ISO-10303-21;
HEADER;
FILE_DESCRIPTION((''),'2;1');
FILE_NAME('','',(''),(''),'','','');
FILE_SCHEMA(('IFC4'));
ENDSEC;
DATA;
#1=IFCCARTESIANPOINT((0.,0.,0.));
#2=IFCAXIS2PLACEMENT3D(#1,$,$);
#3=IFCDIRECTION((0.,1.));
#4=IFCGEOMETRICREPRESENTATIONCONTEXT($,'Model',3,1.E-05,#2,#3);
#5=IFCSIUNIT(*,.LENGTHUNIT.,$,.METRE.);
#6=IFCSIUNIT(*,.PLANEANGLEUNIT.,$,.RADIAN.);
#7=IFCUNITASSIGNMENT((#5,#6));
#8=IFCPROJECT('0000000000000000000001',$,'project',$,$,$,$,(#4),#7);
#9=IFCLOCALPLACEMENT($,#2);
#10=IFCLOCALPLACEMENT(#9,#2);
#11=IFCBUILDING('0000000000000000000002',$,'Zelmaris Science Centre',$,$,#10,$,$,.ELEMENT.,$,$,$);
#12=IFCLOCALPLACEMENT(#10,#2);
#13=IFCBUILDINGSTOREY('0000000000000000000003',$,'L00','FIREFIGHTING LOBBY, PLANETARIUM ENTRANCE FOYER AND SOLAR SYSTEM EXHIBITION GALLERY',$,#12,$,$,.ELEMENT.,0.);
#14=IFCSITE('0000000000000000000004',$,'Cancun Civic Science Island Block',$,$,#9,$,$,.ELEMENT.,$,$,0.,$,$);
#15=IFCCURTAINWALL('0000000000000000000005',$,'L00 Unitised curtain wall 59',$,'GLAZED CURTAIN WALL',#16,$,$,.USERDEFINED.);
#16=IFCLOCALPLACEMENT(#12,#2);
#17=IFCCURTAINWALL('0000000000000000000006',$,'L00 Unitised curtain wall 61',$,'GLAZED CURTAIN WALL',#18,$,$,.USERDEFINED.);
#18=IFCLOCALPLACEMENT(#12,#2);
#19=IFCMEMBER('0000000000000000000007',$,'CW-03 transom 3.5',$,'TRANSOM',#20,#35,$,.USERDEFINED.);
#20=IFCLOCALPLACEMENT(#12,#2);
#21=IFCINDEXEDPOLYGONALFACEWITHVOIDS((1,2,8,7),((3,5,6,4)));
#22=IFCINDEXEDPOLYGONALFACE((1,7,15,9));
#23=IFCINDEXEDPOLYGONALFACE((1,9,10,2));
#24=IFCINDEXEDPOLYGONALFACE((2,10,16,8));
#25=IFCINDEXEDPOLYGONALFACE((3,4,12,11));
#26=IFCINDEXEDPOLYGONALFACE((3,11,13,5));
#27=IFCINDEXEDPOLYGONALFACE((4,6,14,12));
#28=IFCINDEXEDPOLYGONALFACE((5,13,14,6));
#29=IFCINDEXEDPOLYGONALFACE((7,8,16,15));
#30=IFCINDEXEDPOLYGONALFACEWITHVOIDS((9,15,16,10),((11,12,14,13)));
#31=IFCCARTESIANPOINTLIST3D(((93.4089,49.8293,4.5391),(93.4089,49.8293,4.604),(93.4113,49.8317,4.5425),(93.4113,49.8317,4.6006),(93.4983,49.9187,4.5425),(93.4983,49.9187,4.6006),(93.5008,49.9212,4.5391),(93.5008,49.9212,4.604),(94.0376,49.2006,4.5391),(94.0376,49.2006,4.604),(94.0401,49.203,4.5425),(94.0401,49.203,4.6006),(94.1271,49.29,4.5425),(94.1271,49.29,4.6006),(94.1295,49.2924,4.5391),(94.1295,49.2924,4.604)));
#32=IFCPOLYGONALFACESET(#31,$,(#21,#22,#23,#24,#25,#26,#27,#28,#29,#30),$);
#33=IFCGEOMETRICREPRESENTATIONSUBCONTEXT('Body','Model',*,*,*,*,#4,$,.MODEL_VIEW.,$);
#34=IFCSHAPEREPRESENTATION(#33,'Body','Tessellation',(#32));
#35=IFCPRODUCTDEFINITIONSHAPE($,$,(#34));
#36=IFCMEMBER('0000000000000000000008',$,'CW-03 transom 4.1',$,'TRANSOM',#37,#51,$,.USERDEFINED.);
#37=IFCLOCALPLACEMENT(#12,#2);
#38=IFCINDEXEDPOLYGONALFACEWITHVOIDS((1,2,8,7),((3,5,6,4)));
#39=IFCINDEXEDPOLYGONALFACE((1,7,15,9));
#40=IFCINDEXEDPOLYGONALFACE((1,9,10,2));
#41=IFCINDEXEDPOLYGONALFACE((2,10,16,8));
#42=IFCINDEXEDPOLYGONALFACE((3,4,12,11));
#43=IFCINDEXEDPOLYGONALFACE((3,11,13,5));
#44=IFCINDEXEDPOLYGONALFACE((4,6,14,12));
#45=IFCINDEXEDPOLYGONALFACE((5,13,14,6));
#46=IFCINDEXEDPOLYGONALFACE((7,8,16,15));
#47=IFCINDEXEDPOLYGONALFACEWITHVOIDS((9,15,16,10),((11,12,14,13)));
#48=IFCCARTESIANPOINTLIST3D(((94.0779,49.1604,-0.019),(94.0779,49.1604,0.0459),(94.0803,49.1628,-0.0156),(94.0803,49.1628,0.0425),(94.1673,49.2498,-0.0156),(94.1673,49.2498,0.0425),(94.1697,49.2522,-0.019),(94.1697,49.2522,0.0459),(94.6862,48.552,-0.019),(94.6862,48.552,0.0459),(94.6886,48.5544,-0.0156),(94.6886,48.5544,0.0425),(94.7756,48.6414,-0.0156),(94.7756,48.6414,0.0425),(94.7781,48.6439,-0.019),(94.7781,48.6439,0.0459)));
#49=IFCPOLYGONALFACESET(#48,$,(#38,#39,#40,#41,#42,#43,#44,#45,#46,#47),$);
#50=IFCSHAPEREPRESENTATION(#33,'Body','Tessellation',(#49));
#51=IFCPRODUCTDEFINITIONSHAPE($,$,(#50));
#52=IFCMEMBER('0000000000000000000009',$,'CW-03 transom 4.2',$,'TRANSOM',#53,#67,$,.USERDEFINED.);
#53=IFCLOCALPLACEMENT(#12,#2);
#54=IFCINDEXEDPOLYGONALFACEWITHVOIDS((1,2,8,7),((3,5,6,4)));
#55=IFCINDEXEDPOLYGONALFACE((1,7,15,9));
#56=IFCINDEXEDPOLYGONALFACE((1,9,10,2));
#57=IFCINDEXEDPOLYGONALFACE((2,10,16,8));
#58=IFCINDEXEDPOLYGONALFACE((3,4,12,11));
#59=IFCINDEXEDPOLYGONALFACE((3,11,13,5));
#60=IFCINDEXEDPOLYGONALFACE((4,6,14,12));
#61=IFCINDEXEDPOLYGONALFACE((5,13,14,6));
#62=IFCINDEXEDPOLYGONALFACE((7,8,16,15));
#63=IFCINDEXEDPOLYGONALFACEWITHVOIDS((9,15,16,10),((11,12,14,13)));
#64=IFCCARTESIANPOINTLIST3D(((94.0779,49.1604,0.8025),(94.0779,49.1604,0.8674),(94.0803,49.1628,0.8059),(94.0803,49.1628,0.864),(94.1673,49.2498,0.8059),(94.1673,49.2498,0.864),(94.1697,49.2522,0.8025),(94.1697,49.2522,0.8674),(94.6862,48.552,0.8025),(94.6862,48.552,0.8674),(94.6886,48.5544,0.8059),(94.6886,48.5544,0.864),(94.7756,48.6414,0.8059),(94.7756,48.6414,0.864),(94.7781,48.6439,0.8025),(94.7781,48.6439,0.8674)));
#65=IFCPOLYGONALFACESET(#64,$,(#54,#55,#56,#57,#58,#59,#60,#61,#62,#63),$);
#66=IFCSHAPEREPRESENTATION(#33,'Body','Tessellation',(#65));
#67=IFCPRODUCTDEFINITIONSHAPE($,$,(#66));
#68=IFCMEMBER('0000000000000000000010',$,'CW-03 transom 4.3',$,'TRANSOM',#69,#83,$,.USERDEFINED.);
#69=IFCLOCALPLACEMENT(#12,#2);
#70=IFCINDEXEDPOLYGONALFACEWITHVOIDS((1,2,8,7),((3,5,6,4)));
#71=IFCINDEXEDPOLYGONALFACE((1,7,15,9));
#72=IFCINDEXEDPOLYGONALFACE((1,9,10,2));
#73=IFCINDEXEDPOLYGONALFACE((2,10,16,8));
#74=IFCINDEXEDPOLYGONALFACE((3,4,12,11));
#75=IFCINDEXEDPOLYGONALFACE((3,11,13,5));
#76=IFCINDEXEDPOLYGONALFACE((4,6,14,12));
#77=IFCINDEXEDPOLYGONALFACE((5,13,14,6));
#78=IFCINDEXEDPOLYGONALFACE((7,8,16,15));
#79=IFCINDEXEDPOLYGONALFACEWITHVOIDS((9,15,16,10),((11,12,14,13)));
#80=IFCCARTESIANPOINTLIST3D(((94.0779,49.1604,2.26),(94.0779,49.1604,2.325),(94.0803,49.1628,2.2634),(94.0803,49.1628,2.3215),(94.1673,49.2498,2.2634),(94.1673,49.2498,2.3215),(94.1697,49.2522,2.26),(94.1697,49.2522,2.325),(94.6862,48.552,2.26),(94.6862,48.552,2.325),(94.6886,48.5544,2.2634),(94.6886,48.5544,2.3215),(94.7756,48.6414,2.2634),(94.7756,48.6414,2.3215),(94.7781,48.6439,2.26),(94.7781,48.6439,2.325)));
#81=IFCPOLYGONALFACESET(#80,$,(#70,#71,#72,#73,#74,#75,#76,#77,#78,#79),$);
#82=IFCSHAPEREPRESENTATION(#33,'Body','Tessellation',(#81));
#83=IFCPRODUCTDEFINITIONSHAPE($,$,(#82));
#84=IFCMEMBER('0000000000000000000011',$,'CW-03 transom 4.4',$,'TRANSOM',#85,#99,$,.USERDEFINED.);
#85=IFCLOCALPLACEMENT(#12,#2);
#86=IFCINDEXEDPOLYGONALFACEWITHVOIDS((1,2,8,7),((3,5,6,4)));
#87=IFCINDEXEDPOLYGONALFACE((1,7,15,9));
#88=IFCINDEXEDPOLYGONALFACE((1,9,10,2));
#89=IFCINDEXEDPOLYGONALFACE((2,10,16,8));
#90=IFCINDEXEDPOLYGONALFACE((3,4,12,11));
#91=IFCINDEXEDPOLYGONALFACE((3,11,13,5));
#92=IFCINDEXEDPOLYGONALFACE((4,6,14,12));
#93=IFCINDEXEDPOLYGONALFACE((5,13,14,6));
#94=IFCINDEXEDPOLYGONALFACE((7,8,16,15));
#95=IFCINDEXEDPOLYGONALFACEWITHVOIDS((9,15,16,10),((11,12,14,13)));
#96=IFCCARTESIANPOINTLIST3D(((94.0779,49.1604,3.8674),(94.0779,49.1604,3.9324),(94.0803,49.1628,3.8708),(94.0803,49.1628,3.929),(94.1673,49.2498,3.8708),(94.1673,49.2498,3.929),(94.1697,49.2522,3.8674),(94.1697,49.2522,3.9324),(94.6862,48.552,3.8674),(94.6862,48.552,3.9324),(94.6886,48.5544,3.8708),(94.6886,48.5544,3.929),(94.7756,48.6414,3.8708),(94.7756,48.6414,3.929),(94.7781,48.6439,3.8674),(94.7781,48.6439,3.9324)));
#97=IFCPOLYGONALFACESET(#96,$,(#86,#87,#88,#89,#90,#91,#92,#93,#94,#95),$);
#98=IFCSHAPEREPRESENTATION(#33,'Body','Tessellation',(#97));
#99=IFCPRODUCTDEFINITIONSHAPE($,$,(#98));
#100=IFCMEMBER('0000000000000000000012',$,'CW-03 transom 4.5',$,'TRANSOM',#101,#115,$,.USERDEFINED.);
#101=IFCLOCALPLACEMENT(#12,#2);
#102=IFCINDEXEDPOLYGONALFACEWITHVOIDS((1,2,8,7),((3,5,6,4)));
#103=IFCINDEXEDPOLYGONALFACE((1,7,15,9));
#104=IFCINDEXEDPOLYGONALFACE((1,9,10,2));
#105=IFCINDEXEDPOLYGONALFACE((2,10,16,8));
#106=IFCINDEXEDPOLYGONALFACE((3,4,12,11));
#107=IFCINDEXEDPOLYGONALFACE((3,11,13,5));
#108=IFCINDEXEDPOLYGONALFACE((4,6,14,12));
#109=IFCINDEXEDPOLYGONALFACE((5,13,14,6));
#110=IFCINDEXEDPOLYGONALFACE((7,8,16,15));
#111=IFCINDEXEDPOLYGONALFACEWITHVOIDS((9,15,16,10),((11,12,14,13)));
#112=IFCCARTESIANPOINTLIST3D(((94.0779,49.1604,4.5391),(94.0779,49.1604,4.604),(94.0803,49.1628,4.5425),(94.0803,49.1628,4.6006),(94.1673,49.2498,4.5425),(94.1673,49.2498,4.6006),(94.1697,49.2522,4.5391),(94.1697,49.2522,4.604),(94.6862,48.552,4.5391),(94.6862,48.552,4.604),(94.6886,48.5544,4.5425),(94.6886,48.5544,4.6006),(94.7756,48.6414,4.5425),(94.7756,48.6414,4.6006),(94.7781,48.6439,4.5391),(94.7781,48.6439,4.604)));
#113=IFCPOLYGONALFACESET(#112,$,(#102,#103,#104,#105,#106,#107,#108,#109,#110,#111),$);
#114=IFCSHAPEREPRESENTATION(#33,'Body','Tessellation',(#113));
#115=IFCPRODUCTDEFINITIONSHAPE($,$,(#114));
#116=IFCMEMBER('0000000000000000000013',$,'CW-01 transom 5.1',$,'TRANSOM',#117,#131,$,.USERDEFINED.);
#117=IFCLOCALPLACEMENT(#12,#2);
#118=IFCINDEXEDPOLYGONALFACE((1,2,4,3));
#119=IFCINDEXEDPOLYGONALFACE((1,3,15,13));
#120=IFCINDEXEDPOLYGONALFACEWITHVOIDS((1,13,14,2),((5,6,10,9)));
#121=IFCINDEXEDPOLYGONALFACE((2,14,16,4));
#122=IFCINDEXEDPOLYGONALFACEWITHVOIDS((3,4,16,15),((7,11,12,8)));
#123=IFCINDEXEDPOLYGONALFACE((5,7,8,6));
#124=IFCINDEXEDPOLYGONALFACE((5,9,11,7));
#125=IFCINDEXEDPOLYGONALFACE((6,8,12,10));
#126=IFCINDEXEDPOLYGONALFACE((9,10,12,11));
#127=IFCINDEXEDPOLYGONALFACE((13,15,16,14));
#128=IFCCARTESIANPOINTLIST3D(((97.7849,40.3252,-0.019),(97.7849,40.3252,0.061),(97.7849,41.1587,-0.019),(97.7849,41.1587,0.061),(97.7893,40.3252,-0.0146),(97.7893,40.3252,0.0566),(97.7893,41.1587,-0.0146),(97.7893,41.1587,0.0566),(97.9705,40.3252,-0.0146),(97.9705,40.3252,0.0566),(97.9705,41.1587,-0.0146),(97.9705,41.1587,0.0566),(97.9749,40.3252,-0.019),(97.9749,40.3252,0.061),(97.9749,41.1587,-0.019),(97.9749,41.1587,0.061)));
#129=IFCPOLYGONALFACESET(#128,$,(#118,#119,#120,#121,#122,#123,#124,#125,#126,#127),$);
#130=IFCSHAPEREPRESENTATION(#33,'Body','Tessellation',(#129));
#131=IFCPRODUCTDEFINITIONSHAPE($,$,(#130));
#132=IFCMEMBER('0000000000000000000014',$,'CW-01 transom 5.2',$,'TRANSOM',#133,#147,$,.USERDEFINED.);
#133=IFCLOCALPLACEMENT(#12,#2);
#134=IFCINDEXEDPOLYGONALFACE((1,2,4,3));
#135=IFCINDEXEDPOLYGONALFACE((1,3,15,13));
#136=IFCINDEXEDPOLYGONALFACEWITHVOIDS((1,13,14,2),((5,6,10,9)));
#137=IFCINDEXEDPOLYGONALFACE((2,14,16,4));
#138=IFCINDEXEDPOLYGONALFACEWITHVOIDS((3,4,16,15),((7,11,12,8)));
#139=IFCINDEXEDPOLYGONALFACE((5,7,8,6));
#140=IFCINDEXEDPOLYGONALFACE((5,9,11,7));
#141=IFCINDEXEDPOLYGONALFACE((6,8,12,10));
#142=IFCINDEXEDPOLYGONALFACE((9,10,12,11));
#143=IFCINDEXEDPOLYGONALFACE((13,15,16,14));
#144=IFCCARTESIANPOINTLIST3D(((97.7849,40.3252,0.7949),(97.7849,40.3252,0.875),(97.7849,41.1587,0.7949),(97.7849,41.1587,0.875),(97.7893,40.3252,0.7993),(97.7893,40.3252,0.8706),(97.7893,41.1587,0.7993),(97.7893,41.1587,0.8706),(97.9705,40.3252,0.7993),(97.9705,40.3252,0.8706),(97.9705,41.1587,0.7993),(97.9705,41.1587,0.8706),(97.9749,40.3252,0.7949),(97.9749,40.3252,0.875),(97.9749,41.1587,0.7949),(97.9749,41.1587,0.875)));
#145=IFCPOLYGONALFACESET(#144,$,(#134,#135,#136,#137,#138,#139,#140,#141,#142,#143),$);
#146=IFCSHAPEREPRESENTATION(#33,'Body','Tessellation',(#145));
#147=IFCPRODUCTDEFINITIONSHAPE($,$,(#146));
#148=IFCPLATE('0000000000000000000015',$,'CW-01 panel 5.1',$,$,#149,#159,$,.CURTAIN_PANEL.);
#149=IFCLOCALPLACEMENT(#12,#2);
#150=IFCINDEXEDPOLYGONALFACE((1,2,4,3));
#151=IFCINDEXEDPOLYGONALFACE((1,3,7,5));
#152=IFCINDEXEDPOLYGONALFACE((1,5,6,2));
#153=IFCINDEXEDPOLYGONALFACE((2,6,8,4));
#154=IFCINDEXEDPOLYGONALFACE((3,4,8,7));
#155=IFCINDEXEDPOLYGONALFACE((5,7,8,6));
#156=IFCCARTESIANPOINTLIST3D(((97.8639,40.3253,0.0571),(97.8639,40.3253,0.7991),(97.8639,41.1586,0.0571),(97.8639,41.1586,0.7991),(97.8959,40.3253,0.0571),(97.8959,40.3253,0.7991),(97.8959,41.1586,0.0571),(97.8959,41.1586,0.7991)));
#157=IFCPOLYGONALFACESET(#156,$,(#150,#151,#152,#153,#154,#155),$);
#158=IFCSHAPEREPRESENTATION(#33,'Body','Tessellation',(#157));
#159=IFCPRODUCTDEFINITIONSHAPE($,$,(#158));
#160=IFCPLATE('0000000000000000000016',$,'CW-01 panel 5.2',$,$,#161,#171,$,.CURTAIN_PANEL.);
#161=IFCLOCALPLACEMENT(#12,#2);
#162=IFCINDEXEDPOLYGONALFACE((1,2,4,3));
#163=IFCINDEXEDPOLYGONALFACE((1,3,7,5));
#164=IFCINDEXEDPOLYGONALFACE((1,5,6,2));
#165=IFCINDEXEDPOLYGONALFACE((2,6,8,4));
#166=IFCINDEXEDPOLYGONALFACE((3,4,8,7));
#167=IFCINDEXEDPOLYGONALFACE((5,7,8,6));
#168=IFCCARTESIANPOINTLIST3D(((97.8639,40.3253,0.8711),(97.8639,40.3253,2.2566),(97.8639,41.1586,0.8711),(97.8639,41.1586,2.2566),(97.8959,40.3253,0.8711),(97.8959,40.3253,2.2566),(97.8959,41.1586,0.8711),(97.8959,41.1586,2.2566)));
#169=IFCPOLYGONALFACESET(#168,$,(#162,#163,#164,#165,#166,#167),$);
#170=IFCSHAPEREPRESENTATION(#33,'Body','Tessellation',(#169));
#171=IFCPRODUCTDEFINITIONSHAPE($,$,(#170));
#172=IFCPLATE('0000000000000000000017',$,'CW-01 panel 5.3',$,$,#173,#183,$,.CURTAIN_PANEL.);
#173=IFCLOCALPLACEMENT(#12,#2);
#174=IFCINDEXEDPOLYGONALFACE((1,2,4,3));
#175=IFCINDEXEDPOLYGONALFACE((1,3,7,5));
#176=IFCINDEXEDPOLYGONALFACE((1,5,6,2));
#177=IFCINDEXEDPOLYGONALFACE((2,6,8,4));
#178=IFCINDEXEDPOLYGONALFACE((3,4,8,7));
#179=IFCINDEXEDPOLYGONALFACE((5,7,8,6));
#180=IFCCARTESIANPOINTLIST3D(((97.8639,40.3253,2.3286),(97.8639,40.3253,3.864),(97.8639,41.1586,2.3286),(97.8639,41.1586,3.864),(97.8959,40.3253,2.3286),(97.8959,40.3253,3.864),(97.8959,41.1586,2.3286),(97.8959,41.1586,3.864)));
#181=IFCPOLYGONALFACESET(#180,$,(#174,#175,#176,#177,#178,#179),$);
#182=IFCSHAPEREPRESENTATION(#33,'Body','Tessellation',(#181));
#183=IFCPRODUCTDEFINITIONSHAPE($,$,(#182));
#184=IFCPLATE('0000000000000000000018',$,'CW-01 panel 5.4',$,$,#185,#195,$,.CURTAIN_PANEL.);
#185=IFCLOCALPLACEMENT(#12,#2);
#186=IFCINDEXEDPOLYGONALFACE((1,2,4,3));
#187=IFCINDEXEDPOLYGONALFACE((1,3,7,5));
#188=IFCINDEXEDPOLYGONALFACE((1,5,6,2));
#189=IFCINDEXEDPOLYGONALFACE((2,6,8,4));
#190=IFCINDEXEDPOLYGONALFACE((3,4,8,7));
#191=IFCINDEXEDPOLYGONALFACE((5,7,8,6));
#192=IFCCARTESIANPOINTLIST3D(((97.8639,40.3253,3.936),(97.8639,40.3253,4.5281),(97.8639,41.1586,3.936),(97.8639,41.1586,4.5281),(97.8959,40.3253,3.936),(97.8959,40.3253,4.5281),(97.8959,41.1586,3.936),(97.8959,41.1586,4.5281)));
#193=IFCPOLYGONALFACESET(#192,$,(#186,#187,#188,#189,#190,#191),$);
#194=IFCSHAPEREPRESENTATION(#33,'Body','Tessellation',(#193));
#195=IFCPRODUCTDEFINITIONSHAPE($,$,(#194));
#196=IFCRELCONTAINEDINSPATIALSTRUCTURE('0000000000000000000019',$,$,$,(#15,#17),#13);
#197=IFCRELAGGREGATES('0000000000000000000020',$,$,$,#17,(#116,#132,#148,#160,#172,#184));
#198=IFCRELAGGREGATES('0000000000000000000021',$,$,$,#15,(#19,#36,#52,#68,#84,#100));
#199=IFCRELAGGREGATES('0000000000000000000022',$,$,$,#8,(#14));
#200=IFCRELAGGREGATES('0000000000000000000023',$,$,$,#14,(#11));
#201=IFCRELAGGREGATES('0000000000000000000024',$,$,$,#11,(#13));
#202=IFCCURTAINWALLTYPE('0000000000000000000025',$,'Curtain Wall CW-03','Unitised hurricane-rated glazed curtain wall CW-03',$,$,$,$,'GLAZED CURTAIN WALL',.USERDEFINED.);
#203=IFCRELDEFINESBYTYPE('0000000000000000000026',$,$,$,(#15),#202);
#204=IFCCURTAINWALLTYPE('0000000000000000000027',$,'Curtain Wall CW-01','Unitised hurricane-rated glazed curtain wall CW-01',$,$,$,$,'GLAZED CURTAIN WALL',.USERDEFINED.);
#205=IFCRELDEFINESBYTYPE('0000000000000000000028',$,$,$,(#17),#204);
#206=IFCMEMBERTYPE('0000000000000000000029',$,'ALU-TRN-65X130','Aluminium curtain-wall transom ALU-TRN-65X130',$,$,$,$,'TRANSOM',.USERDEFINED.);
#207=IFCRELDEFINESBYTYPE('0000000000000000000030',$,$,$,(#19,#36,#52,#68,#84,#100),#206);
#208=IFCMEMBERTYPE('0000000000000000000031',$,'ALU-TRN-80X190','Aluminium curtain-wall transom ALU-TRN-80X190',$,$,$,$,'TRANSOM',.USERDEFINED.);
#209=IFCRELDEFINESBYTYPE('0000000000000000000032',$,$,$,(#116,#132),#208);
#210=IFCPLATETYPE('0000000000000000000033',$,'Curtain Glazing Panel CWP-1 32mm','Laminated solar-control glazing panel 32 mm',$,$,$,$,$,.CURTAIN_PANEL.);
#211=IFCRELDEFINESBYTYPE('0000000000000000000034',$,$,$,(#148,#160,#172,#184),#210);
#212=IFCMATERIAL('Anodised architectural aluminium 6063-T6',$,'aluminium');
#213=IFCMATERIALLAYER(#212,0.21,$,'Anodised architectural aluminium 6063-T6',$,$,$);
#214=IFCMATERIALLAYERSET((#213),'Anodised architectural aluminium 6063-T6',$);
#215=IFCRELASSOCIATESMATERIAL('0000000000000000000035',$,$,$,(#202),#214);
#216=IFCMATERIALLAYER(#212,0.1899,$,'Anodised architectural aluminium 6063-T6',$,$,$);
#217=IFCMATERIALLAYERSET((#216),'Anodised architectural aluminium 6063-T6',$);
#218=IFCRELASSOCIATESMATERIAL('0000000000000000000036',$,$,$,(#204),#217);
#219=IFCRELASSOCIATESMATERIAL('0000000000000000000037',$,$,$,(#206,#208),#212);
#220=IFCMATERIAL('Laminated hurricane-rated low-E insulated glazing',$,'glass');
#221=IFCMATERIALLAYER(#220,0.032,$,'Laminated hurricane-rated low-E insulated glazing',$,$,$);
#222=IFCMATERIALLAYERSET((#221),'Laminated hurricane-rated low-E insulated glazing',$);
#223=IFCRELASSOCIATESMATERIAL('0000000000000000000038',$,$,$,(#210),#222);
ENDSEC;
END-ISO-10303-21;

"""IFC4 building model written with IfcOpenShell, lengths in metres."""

from ifc_helpers import new_model, si_unit, direction, frame, origin, origin_2d, place, context, subcontext, project, spatial, rectangle, hollow_rectangle, extrude, material, layer, layer_set, material_profile, profile_set, type_object, element, aggregate, save


model = new_model("IFC4")

# Units and contexts
model_context = context("Model", 3, precision=1e-05, world=origin(), true_north=direction((0.0, 1.0)))
body_context = subcontext(model_context, "Body", "Model", "MODEL_VIEW")
ifc_project = project(units=[si_unit("LENGTHUNIT", "METRE"), si_unit("PLANEANGLEUNIT", "RADIAN")], contexts=[model_context])

# Site, building, storey
site_placement = place(None, origin())
site = spatial("IfcSite", under=ifc_project, at=site_placement, Name="Cancun Civic Science Island Block", CompositionType="ELEMENT", RefElevation=0.0)
building_placement = place(site_placement, origin())
building = spatial("IfcBuilding", under=site, at=building_placement, Name="Zelmaris Science Centre", CompositionType="ELEMENT")
storey_placement = place(building_placement, origin())
storey = spatial("IfcBuildingStorey", under=building, at=storey_placement, Name="L00", Description="FIREFIGHTING LOBBY, PLANETARIUM ENTRANCE FOYER AND SOLAR SYSTEM EXHIBITION GALLERY", CompositionType="ELEMENT", Elevation=0.0)

# Curtain wall
ifc_material_1 = material(Name="Anodised architectural aluminium 6063-T6", Category="aluminium")
ifc_layer_1 = layer(ifc_material_1, 0.21, Name="Anodised architectural aluminium 6063-T6")
ifc_layer_set_1 = layer_set([ifc_layer_1], Name="Anodised architectural aluminium 6063-T6")
curtain_wall_type_1 = type_object("IfcCurtainWallType", Name="Curtain Wall CW-03", Description="Unitised hurricane-rated glazed curtain wall CW-03", ElementType="GLAZED CURTAIN WALL", PredefinedType="USERDEFINED", material=ifc_layer_set_1)
curtain_wall_1_placement = place(storey_placement, origin())
curtain_wall_1 = element("IfcCurtainWall", 1, at=curtain_wall_1_placement, inside=storey, type_object=curtain_wall_type_1, Name="L00 Unitised curtain wall 59", ObjectType="GLAZED CURTAIN WALL", PredefinedType="USERDEFINED")

# Curtain wall
ifc_layer_2 = layer(ifc_material_1, 0.1899, Name="Anodised architectural aluminium 6063-T6")
ifc_layer_set_2 = layer_set([ifc_layer_2], Name="Anodised architectural aluminium 6063-T6")
curtain_wall_type_2 = type_object("IfcCurtainWallType", Name="Curtain Wall CW-01", Description="Unitised hurricane-rated glazed curtain wall CW-01", ElementType="GLAZED CURTAIN WALL", PredefinedType="USERDEFINED", material=ifc_layer_set_2)
curtain_wall_2_placement = place(storey_placement, origin())
curtain_wall_2 = element("IfcCurtainWall", 2, at=curtain_wall_2_placement, inside=storey, type_object=curtain_wall_type_2, Name="L00 Unitised curtain wall 61", ObjectType="GLAZED CURTAIN WALL", PredefinedType="USERDEFINED")

# Members
ifc_material_profile_1 = material_profile(ifc_material_1, hollow_rectangle(XDim=0.0649, YDim=0.1299, WallThickness=0.0034, at=origin_2d()), Name="ALU-TRN-65X130")
ifc_profile_set_1 = profile_set([ifc_material_profile_1], Name="Anodised architectural aluminium 6063-T6")
member_type_1 = type_object("IfcMemberType", Name="ALU-TRN-65X130", Description="Aluminium curtain-wall transom ALU-TRN-65X130", ElementType="TRANSOM", PredefinedType="USERDEFINED", material=ifc_profile_set_1)
member_1_placement = place(storey_placement, frame((93.4548, 49.8752, 4.5715), z_axis=(0.707107, -0.707107, 0.0), x_axis=(0.0, 0.0, 1.0)))
member_1 = element("IfcMember", 3, at=member_1_placement, type_object=member_type_1, Name="CW-03 transom 3.5", ObjectType="TRANSOM", PredefinedType="USERDEFINED", context=body_context, shape_type="SweptSolid", body=[
    extrude(hollow_rectangle(XDim=0.0649, YDim=0.1299, WallThickness=0.0034, at=origin_2d()), origin(), (0.0, 0.0, 1.0), 0.8892),
])
member_2_placement = place(storey_placement, frame((94.1238, 49.2063, 0.0134), z_axis=(0.707107, -0.707107, 0.0), x_axis=(0.0, 0.0, 1.0)))
member_2 = element("IfcMember", 4, at=member_2_placement, type_object=member_type_1, Name="CW-03 transom 4.1", ObjectType="TRANSOM", PredefinedType="USERDEFINED", context=body_context, shape_type="SweptSolid", body=[
    extrude(hollow_rectangle(XDim=0.0649, YDim=0.1299, WallThickness=0.0034, at=origin_2d()), origin(), (0.0, 0.0, 1.0), 0.8604),
])
member_3_placement = place(storey_placement, frame((94.1238, 49.2063, 0.835), z_axis=(0.707107, -0.707107, 0.0), x_axis=(0.0, 0.0, 1.0)))
member_3 = element("IfcMember", 5, at=member_3_placement, type_object=member_type_1, Name="CW-03 transom 4.2", ObjectType="TRANSOM", PredefinedType="USERDEFINED", context=body_context, shape_type="SweptSolid", body=[
    extrude(hollow_rectangle(XDim=0.0649, YDim=0.1299, WallThickness=0.0034, at=origin_2d()), origin(), (0.0, 0.0, 1.0), 0.8604),
])
member_4_placement = place(storey_placement, frame((94.1238, 49.2063, 2.2925), z_axis=(0.707107, -0.707107, 0.0), x_axis=(0.0, 0.0, 1.0)))
member_4 = element("IfcMember", 6, at=member_4_placement, type_object=member_type_1, Name="CW-03 transom 4.3", ObjectType="TRANSOM", PredefinedType="USERDEFINED", context=body_context, shape_type="SweptSolid", body=[
    extrude(hollow_rectangle(XDim=0.0649, YDim=0.1299, WallThickness=0.0034, at=origin_2d()), origin(), (0.0, 0.0, 1.0), 0.8604),
])
member_5_placement = place(storey_placement, frame((94.1238, 49.2063, 3.8999), z_axis=(0.707107, -0.707107, 0.0), x_axis=(0.0, 0.0, 1.0)))
member_5 = element("IfcMember", 7, at=member_5_placement, type_object=member_type_1, Name="CW-03 transom 4.4", ObjectType="TRANSOM", PredefinedType="USERDEFINED", context=body_context, shape_type="SweptSolid", body=[
    extrude(hollow_rectangle(XDim=0.0649, YDim=0.1299, WallThickness=0.0034, at=origin_2d()), origin(), (0.0, 0.0, 1.0), 0.8604),
])
member_6_placement = place(storey_placement, frame((94.1238, 49.2063, 4.5715), z_axis=(0.707107, -0.707107, 0.0), x_axis=(0.0, 0.0, 1.0)))
member_6 = element("IfcMember", 8, at=member_6_placement, type_object=member_type_1, Name="CW-03 transom 4.5", ObjectType="TRANSOM", PredefinedType="USERDEFINED", context=body_context, shape_type="SweptSolid", body=[
    extrude(hollow_rectangle(XDim=0.0649, YDim=0.1299, WallThickness=0.0034, at=origin_2d()), origin(), (0.0, 0.0, 1.0), 0.8604),
])
ifc_material_profile_2 = material_profile(ifc_material_1, hollow_rectangle(XDim=0.0801, YDim=0.1899, WallThickness=0.0044, at=origin_2d()), Name="ALU-TRN-80X190")
ifc_profile_set_2 = profile_set([ifc_material_profile_2], Name="Anodised architectural aluminium 6063-T6")
member_type_2 = type_object("IfcMemberType", Name="ALU-TRN-80X190", Description="Aluminium curtain-wall transom ALU-TRN-80X190", ElementType="TRANSOM", PredefinedType="USERDEFINED", material=ifc_profile_set_2)
member_7_placement = place(storey_placement, frame((97.8799, 41.1587, 0.021), z_axis=(0.0, -1.0, 0.0), x_axis=(0.0, 0.0, 1.0)))
member_7 = element("IfcMember", 9, at=member_7_placement, type_object=member_type_2, Name="CW-01 transom 5.1", ObjectType="TRANSOM", PredefinedType="USERDEFINED", context=body_context, shape_type="SweptSolid", body=[
    extrude(hollow_rectangle(XDim=0.0801, YDim=0.1899, WallThickness=0.0044, at=origin_2d()), origin(), (0.0, 0.0, 1.0), 0.8335),
])
member_8_placement = place(storey_placement, frame((97.8799, 41.1587, 0.835), z_axis=(0.0, -1.0, 0.0), x_axis=(0.0, 0.0, 1.0)))
member_8 = element("IfcMember", 10, at=member_8_placement, type_object=member_type_2, Name="CW-01 transom 5.2", ObjectType="TRANSOM", PredefinedType="USERDEFINED", context=body_context, shape_type="SweptSolid", body=[
    extrude(hollow_rectangle(XDim=0.0801, YDim=0.1899, WallThickness=0.0044, at=origin_2d()), origin(), (0.0, 0.0, 1.0), 0.8335),
])

# Plates
ifc_material_2 = material(Name="Laminated hurricane-rated low-E insulated glazing", Category="glass")
ifc_layer_3 = layer(ifc_material_2, 0.032, Name="Laminated hurricane-rated low-E insulated glazing")
ifc_layer_set_3 = layer_set([ifc_layer_3], Name="Laminated hurricane-rated low-E insulated glazing")
plate_type_1 = type_object("IfcPlateType", Name="Curtain Glazing Panel CWP-1 32mm", Description="Laminated solar-control glazing panel 32 mm", PredefinedType="CURTAIN_PANEL", material=ifc_layer_set_3)
plate_1_placement = place(storey_placement, frame((97.8799, 40.7419, 0.0571), z_axis=(0.0, 0.0, 1.0), x_axis=(0.000021, -1.0, 0.0)))
plate_1 = element("IfcPlate", 11, at=plate_1_placement, type_object=plate_type_1, Name="CW-01 panel 5.1", PredefinedType="CURTAIN_PANEL", context=body_context, shape_type="SweptSolid", body=[
    extrude(rectangle(XDim=0.8333, YDim=0.032, at=origin_2d()), origin(), (0.0, 0.0, 1.0), 0.7419),
])
plate_2_placement = place(storey_placement, frame((97.8799, 40.7419, 0.8711), z_axis=(0.0, 0.0, 1.0), x_axis=(0.000021, -1.0, 0.0)))
plate_2 = element("IfcPlate", 12, at=plate_2_placement, type_object=plate_type_1, Name="CW-01 panel 5.2", PredefinedType="CURTAIN_PANEL", context=body_context, shape_type="SweptSolid", body=[
    extrude(rectangle(XDim=0.8333, YDim=0.032, at=origin_2d()), origin(), (0.0, 0.0, 1.0), 1.3855),
])
plate_3_placement = place(storey_placement, frame((97.8799, 40.7419, 2.3286), z_axis=(0.0, 0.0, 1.0), x_axis=(0.000021, -1.0, 0.0)))
plate_3 = element("IfcPlate", 13, at=plate_3_placement, type_object=plate_type_1, Name="CW-01 panel 5.3", PredefinedType="CURTAIN_PANEL", context=body_context, shape_type="SweptSolid", body=[
    extrude(rectangle(XDim=0.8333, YDim=0.032, at=origin_2d()), origin(), (0.0, 0.0, 1.0), 1.5354),
])
plate_4_placement = place(storey_placement, frame((97.8799, 40.7419, 3.936), z_axis=(0.0, 0.0, 1.0), x_axis=(0.000021, -1.0, 0.0)))
plate_4 = element("IfcPlate", 14, at=plate_4_placement, type_object=plate_type_1, Name="CW-01 panel 5.4", PredefinedType="CURTAIN_PANEL", context=body_context, shape_type="SweptSolid", body=[
    extrude(rectangle(XDim=0.8333, YDim=0.032, at=origin_2d()), origin(), (0.0, 0.0, 1.0), 0.592),
])
aggregate(curtain_wall_2, [member_7, member_8, plate_1, plate_2, plate_3, plate_4])
aggregate(curtain_wall_1, [member_1, member_2, member_3, member_4, member_5, member_6])

save(model, "model.ifc")
